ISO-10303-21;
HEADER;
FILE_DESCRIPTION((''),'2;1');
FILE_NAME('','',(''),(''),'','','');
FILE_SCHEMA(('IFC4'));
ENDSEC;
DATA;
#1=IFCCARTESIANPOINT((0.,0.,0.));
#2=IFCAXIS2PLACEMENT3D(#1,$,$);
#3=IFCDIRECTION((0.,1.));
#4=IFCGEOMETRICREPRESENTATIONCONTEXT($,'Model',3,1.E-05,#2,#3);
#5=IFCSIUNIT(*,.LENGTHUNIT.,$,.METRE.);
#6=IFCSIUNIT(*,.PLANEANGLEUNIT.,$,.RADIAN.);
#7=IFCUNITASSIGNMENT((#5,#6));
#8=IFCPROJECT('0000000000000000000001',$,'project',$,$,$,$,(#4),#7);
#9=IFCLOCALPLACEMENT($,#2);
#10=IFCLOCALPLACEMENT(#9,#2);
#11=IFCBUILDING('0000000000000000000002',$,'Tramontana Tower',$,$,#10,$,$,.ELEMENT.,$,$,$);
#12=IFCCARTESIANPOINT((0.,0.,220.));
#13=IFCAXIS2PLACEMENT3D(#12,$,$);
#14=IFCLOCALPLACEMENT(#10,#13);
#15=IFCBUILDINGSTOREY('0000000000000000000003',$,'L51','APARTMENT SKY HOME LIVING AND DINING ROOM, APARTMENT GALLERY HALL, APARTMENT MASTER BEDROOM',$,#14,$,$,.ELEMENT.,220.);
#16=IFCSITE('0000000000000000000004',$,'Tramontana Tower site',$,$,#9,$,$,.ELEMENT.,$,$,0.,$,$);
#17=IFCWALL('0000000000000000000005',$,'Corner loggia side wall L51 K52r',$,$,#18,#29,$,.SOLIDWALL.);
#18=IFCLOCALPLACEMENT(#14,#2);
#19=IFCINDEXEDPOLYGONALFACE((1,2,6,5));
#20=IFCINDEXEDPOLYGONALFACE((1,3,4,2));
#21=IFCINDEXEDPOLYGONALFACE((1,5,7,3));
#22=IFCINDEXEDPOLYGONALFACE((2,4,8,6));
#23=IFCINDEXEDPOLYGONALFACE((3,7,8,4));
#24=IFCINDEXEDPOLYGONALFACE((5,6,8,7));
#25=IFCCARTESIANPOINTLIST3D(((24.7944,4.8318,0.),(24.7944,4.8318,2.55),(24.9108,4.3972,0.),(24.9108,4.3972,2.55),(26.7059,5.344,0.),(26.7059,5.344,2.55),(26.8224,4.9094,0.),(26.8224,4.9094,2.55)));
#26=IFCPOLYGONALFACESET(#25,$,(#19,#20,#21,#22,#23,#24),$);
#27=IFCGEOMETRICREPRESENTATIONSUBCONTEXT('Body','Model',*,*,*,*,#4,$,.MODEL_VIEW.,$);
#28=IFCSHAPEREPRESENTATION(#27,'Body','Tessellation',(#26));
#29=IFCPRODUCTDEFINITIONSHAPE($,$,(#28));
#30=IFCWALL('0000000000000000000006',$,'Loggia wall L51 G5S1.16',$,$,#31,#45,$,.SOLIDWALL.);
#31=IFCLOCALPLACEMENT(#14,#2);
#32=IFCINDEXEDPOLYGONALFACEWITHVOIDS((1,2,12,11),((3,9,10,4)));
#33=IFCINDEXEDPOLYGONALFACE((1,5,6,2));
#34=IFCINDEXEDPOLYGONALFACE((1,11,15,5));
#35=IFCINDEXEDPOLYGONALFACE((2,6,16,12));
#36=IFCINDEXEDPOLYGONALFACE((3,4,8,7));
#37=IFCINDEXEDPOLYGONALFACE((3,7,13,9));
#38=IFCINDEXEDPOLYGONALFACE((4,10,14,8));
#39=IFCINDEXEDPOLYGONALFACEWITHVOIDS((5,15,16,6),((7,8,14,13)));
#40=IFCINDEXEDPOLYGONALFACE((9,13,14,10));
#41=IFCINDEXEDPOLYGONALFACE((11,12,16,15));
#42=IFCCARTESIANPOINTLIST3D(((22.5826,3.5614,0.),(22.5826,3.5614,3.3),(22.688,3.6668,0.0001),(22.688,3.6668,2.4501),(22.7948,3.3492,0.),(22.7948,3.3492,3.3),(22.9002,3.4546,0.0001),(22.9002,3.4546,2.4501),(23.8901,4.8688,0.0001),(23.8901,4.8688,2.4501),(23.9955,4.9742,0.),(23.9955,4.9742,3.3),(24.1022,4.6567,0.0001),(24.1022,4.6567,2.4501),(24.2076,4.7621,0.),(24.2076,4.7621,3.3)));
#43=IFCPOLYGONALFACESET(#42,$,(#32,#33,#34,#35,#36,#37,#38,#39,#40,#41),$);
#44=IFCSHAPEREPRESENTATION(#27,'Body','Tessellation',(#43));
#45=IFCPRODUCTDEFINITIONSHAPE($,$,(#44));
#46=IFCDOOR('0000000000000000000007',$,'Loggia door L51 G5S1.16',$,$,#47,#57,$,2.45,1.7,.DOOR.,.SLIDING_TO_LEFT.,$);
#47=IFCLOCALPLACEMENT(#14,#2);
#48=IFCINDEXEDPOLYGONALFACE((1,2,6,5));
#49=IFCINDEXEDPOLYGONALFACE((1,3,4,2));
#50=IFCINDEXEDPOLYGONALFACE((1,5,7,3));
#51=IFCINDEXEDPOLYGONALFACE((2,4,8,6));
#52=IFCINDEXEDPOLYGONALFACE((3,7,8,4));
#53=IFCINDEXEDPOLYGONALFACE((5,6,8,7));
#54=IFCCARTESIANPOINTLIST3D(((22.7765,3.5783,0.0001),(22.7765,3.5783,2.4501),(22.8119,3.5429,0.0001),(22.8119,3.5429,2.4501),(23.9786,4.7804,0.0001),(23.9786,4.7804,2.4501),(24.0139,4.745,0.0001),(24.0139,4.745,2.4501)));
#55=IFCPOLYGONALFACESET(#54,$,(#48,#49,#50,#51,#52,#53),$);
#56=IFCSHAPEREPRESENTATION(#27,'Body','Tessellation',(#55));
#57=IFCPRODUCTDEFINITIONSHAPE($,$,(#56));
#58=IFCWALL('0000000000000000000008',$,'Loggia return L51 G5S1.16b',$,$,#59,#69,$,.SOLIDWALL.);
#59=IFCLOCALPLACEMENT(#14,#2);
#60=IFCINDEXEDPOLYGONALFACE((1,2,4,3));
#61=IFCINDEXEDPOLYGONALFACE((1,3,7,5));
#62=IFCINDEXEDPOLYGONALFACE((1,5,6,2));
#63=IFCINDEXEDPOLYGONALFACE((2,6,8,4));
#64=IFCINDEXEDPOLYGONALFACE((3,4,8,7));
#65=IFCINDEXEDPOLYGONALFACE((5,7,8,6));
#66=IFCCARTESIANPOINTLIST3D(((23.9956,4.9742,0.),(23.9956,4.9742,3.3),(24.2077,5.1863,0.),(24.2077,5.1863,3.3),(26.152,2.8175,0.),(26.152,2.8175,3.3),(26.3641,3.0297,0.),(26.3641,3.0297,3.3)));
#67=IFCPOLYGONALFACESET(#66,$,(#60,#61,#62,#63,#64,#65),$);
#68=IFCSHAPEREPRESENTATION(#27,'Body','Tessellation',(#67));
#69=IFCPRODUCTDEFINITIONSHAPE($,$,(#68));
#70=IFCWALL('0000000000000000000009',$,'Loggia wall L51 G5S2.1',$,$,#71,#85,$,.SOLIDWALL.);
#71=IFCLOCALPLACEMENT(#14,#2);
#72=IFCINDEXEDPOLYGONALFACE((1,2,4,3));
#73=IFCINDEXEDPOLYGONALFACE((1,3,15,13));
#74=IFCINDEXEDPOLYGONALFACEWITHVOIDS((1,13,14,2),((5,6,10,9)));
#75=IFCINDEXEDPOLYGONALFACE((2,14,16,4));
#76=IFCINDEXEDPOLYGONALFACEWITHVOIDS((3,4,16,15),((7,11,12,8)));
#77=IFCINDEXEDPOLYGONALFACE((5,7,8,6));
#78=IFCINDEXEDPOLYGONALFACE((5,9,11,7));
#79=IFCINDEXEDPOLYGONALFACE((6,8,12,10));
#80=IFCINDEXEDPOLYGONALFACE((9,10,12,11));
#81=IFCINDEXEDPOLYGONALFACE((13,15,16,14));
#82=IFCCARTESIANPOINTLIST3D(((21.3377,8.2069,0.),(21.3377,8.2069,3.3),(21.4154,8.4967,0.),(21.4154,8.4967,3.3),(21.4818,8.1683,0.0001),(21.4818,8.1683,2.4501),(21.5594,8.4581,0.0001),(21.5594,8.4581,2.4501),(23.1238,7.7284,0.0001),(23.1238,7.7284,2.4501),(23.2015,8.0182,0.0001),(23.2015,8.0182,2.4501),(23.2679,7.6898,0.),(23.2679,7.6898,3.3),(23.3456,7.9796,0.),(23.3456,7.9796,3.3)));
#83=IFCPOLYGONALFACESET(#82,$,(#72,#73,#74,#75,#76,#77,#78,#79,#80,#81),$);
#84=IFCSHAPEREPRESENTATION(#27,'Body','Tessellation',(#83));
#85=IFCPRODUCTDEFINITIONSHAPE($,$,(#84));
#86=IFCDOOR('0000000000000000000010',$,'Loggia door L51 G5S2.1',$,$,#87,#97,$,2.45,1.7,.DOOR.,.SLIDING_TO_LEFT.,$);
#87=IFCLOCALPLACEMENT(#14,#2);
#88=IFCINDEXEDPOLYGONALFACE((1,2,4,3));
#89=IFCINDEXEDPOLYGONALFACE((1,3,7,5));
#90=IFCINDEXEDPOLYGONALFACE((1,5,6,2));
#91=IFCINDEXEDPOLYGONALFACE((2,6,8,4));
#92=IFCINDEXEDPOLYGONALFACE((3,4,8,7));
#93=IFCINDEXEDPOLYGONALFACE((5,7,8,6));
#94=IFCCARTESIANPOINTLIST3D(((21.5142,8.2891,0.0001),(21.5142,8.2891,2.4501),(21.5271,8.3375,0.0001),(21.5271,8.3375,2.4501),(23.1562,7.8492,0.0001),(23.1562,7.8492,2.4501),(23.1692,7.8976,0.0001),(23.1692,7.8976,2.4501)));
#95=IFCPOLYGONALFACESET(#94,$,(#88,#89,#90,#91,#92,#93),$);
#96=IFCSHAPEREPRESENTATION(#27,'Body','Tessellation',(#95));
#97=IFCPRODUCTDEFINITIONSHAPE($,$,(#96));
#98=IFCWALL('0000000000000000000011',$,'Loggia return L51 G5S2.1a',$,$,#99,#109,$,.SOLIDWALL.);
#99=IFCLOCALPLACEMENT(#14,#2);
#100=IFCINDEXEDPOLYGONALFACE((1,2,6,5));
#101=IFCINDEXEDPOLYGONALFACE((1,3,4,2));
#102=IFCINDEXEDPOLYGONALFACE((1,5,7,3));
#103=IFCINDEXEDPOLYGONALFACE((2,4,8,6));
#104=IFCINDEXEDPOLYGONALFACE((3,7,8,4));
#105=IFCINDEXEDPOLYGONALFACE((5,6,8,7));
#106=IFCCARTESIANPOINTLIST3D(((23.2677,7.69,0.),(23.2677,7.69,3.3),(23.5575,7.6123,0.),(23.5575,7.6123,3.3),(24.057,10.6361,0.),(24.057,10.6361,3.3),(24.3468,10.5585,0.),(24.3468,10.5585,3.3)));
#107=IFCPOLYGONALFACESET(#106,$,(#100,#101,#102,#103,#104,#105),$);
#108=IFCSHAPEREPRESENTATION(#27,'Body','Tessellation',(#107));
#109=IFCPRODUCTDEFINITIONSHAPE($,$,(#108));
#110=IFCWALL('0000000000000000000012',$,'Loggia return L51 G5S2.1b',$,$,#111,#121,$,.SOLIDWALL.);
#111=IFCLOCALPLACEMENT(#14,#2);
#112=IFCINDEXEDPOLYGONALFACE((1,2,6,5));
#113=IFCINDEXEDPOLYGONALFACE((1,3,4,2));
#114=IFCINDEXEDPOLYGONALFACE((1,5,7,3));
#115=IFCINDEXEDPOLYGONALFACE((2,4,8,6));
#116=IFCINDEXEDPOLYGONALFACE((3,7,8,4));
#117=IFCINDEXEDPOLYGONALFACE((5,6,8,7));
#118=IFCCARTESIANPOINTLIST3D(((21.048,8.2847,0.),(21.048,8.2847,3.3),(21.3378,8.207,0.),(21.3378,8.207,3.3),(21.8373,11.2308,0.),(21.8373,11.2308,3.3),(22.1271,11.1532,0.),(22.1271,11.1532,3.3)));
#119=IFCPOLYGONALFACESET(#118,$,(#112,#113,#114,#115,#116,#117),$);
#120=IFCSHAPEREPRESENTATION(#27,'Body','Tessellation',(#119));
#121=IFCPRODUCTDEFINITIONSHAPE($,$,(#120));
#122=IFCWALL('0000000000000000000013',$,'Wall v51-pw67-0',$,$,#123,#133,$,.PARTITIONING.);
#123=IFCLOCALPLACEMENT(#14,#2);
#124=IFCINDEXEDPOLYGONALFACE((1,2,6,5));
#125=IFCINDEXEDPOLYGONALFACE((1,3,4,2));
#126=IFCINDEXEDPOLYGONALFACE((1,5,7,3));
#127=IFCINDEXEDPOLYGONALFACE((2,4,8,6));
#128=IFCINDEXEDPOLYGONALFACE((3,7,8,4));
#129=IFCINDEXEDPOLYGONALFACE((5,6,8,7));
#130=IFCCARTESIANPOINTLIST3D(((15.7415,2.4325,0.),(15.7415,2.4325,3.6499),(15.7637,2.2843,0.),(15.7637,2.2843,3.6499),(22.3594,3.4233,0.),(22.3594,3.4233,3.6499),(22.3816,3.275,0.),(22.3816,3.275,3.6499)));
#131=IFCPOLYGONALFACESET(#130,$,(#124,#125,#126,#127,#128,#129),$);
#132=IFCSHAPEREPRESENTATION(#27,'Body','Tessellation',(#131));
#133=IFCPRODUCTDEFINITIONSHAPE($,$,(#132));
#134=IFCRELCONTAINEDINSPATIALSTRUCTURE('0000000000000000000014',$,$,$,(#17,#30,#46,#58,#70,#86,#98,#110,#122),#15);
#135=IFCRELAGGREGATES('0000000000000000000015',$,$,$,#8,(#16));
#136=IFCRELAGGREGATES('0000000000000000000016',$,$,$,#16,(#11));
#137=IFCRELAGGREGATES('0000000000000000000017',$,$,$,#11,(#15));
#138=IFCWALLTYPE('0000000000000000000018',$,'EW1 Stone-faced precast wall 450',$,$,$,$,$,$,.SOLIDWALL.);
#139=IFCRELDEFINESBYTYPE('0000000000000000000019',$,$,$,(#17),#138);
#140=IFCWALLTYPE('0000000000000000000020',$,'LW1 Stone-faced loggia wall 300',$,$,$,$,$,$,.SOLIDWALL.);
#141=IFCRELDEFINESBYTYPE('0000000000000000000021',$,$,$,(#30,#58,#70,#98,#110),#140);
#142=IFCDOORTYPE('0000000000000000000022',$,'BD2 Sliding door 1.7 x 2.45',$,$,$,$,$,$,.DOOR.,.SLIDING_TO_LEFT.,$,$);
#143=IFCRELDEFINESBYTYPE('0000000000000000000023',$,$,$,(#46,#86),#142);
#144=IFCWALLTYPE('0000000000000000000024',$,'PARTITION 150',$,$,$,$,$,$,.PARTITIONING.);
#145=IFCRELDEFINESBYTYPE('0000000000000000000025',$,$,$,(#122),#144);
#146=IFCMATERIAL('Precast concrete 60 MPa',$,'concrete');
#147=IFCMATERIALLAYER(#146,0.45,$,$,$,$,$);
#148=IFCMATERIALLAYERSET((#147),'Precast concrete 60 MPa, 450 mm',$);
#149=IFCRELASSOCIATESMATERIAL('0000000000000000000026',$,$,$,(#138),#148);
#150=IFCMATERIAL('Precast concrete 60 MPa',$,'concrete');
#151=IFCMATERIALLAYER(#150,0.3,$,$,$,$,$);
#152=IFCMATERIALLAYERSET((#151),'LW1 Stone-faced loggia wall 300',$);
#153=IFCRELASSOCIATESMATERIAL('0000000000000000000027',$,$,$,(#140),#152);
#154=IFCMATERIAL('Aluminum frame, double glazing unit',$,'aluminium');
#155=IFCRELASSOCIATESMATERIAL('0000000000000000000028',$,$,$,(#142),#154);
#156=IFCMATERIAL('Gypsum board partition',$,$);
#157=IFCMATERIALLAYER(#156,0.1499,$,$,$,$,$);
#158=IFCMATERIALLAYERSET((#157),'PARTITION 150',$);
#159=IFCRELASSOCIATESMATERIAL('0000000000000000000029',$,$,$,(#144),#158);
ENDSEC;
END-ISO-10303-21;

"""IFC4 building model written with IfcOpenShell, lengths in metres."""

from ifc_helpers import new_model, si_unit, direction, frame, frame_2d, origin, place, context, subcontext, project, spatial, rectangle, extrude, material, layer, layer_set, type_object, element, fill, save


model = new_model("IFC4")

# Units and contexts
model_context = context("Model", 3, precision=1e-05, world=origin(), true_north=direction((0.0, 1.0)))
body_context = subcontext(model_context, "Body", "Model", "MODEL_VIEW")
ifc_project = project(units=[si_unit("LENGTHUNIT", "METRE"), si_unit("PLANEANGLEUNIT", "RADIAN")], contexts=[model_context])

# Site, building, storey
site_placement = place(None, origin())
site = spatial("IfcSite", under=ifc_project, at=site_placement, Name="Tramontana Tower site", CompositionType="ELEMENT", RefElevation=0.0)
building_placement = place(site_placement, origin())
building = spatial("IfcBuilding", under=site, at=building_placement, Name="Tramontana Tower", CompositionType="ELEMENT")
storey_placement = place(building_placement, frame((0.0, 0.0, 220.0)))
storey = spatial("IfcBuildingStorey", under=building, at=storey_placement, Name="L51", Description="APARTMENT SKY HOME LIVING AND DINING ROOM, APARTMENT GALLERY HALL, APARTMENT MASTER BEDROOM", CompositionType="ELEMENT", Elevation=220.0)

# Shared definitions
ifc_material_1 = material(Name="Precast concrete 60 MPa", Category="concrete")
ifc_layer_1 = layer(ifc_material_1, 0.45)
ifc_layer_set_1 = layer_set([ifc_layer_1], Name="Precast concrete 60 MPa, 450 mm")
wall_type_1 = type_object("IfcWallType", Name="EW1 Stone-faced precast wall 450", PredefinedType="SOLIDWALL", material=ifc_layer_set_1)

# Wall
wall_1_placement = place(storey_placement, frame((26.7642, 5.1267, 0.0), z_axis=(0.0, 0.0, 1.0), x_axis=(-0.965927, -0.258814, 0.0)))
element("IfcWall", 1, at=wall_1_placement, inside=storey, type_object=wall_type_1, Name="Corner loggia side wall L51 K52r", PredefinedType="SOLIDWALL", context=body_context, shape_type="SweptSolid", body=[
    extrude(rectangle(XDim=1.979, YDim=0.45, at=frame_2d((0.9895, 0.0))), origin(), (0.0, 0.0, 1.0), 2.55),
])

# Wall, opening, door
ifc_material_2 = material(Name="Precast concrete 60 MPa", Category="concrete")
ifc_layer_2 = layer(ifc_material_2, 0.3)
ifc_layer_set_2 = layer_set([ifc_layer_2], Name="LW1 Stone-faced loggia wall 300")
wall_type_2 = type_object("IfcWallType", Name="LW1 Stone-faced loggia wall 300", PredefinedType="SOLIDWALL", material=ifc_layer_set_2)
wall_2_placement = place(storey_placement, frame((22.6887, 3.4553, 0.0), z_axis=(0.0, 0.0, 1.0), x_axis=(0.707107, 0.707107, 0.0)))
wall_2 = element("IfcWall", 2, at=wall_2_placement, inside=storey, type_object=wall_type_2, Name="Loggia wall L51 G5S1.16", PredefinedType="SOLIDWALL", context=body_context, shape_type="SweptSolid", body=[
    extrude(rectangle(XDim=1.998, YDim=0.3, at=frame_2d((0.999, 0.0))), origin(), (0.0, 0.0, 1.0), 3.3),
])
opening_1_placement = place(wall_2_placement, frame((0.1489, 0.0, 0.0)))
opening_1 = element("IfcOpeningElement", 3, at=opening_1_placement, cuts=wall_2, PredefinedType="OPENING", context=body_context, shape_type="SweptSolid", body=[
    extrude(rectangle(XDim=1.7, YDim=2.45, at=frame_2d((0.8501, 1.2251))), frame((0.0, 0.1599, 0.0), z_axis=(0.0, -1.0, 0.0), x_axis=(1.0, 0.0, 0.0)), (0.0, 0.0, 1.0), 0.3201),
])
ifc_material_3 = material(Name="Aluminum frame, double glazing unit", Category="aluminium")
door_type_1 = type_object("IfcDoorType", Name="BD2 Sliding door 1.7 x 2.45", OperationType="SLIDING_TO_LEFT", PredefinedType="DOOR", material=ifc_material_3)
door_1_placement = place(opening_1_placement, origin())
door_1 = element("IfcDoor", 4, at=door_1_placement, inside=storey, type_object=door_type_1, Name="Loggia door L51 G5S1.16", OperationType="SLIDING_TO_LEFT", OverallHeight=2.45, OverallWidth=1.7, PredefinedType="DOOR", context=body_context, shape_type="SweptSolid", body=[
    extrude(rectangle(XDim=1.7, YDim=2.45, at=frame_2d((0.8501, 1.2251))), frame((0.0, 0.0249, 0.0), z_axis=(0.0, -1.0, 0.0), x_axis=(1.0, 0.0, 0.0)), (0.0, 0.0, 1.0), 0.05),
])
fill(opening_1, door_1)

# Wall
wall_3_placement = place(storey_placement, frame((26.2581, 2.9236, 0.0), z_axis=(0.0, 0.0, 1.0), x_axis=(-0.707067, 0.707147, 0.0)))
element("IfcWall", 5, at=wall_3_placement, inside=storey, type_object=wall_type_2, Name="Loggia return L51 G5S1.16b", PredefinedType="SOLIDWALL", context=body_context, shape_type="SweptSolid", body=[
    extrude(rectangle(XDim=3.0498, YDim=0.3, at=frame_2d((1.5249, 0.0))), origin(), (0.0, 0.0, 1.0), 3.3),
])

# Wall, opening, door
wall_4_placement = place(storey_placement, frame((23.3066, 7.8347, 0.0), z_axis=(0.0, 0.0, 1.0), x_axis=(-0.965938, 0.258773, 0.0)))
wall_4 = element("IfcWall", 6, at=wall_4_placement, inside=storey, type_object=wall_type_2, Name="Loggia wall L51 G5S2.1", PredefinedType="SOLIDWALL", context=body_context, shape_type="SweptSolid", body=[
    extrude(rectangle(XDim=1.9983, YDim=0.3, at=frame_2d((0.999, 0.0))), origin(), (0.0, 0.0, 1.0), 3.3),
])
opening_2_placement = place(wall_4_placement, frame((0.1489, 0.0, 0.0)))
opening_2 = element("IfcOpeningElement", 7, at=opening_2_placement, cuts=wall_4, PredefinedType="OPENING", context=body_context, shape_type="SweptSolid", body=[
    extrude(rectangle(XDim=1.7, YDim=2.45, at=frame_2d((0.8501, 1.2251))), frame((0.0, 0.1599, 0.0), z_axis=(0.0, -1.0, 0.0), x_axis=(1.0, 0.0, 0.0)), (0.0, 0.0, 1.0), 0.3201),
])
door_2_placement = place(opening_2_placement, origin())
door_2 = element("IfcDoor", 8, at=door_2_placement, inside=storey, type_object=door_type_1, Name="Loggia door L51 G5S2.1", OperationType="SLIDING_TO_LEFT", OverallHeight=2.45, OverallWidth=1.7, PredefinedType="DOOR", context=body_context, shape_type="SweptSolid", body=[
    extrude(rectangle(XDim=1.7, YDim=2.45, at=frame_2d((0.8501, 1.2251))), frame((0.0, 0.0249, 0.0), z_axis=(0.0, -1.0, 0.0), x_axis=(1.0, 0.0, 0.0)), (0.0, 0.0, 1.0), 0.05),
])
fill(opening_2, door_2)

# Walls
for number, where, z_axis, x_axis, name in (
    (9, (24.2019, 10.5972, 0.0), (0.0, 0.0, 1.0), (-0.258793, -0.965933, 0.0), "Loggia return L51 G5S2.1a"),
    (10, (21.9822, 11.1919, 0.0), (0.0, 0.0, 1.0), (-0.258793, -0.965933, 0.0), "Loggia return L51 G5S2.1b"),
):
    element("IfcWall", number, at=place(storey_placement, frame(where, z_axis=z_axis, x_axis=x_axis)), inside=storey, type_object=wall_type_2, Name=name, PredefinedType="SOLIDWALL", context=body_context, shape_type="SweptSolid", body=[
        extrude(rectangle(XDim=3.05, YDim=0.3, at=frame_2d((1.5249, 0.0))), origin(), (0.0, 0.0, 1.0), 3.3),
    ])
ifc_material_4 = material(Name="Gypsum board partition")
ifc_layer_3 = layer(ifc_material_4, 0.1499)
ifc_layer_set_3 = layer_set([ifc_layer_3], Name="PARTITION 150")
wall_type_3 = type_object("IfcWallType", Name="PARTITION 150", PredefinedType="PARTITIONING", material=ifc_layer_set_3)
wall_5_placement = place(storey_placement, frame((22.3704, 3.3491, 0.0), z_axis=(0.0, 0.0, 1.0), x_axis=(-0.988979, -0.148053, 0.0)))
element("IfcWall", 11, at=wall_5_placement, inside=storey, type_object=wall_type_3, Name="Wall v51-pw67-0", PredefinedType="PARTITIONING", context=body_context, shape_type="SweptSolid", body=[
    extrude(rectangle(XDim=6.6917, YDim=0.1499, at=frame_2d((3.3457, 0.0))), origin(), (0.0, 0.0, 1.0), 3.6499),
])

save(model, "model.ifc")
